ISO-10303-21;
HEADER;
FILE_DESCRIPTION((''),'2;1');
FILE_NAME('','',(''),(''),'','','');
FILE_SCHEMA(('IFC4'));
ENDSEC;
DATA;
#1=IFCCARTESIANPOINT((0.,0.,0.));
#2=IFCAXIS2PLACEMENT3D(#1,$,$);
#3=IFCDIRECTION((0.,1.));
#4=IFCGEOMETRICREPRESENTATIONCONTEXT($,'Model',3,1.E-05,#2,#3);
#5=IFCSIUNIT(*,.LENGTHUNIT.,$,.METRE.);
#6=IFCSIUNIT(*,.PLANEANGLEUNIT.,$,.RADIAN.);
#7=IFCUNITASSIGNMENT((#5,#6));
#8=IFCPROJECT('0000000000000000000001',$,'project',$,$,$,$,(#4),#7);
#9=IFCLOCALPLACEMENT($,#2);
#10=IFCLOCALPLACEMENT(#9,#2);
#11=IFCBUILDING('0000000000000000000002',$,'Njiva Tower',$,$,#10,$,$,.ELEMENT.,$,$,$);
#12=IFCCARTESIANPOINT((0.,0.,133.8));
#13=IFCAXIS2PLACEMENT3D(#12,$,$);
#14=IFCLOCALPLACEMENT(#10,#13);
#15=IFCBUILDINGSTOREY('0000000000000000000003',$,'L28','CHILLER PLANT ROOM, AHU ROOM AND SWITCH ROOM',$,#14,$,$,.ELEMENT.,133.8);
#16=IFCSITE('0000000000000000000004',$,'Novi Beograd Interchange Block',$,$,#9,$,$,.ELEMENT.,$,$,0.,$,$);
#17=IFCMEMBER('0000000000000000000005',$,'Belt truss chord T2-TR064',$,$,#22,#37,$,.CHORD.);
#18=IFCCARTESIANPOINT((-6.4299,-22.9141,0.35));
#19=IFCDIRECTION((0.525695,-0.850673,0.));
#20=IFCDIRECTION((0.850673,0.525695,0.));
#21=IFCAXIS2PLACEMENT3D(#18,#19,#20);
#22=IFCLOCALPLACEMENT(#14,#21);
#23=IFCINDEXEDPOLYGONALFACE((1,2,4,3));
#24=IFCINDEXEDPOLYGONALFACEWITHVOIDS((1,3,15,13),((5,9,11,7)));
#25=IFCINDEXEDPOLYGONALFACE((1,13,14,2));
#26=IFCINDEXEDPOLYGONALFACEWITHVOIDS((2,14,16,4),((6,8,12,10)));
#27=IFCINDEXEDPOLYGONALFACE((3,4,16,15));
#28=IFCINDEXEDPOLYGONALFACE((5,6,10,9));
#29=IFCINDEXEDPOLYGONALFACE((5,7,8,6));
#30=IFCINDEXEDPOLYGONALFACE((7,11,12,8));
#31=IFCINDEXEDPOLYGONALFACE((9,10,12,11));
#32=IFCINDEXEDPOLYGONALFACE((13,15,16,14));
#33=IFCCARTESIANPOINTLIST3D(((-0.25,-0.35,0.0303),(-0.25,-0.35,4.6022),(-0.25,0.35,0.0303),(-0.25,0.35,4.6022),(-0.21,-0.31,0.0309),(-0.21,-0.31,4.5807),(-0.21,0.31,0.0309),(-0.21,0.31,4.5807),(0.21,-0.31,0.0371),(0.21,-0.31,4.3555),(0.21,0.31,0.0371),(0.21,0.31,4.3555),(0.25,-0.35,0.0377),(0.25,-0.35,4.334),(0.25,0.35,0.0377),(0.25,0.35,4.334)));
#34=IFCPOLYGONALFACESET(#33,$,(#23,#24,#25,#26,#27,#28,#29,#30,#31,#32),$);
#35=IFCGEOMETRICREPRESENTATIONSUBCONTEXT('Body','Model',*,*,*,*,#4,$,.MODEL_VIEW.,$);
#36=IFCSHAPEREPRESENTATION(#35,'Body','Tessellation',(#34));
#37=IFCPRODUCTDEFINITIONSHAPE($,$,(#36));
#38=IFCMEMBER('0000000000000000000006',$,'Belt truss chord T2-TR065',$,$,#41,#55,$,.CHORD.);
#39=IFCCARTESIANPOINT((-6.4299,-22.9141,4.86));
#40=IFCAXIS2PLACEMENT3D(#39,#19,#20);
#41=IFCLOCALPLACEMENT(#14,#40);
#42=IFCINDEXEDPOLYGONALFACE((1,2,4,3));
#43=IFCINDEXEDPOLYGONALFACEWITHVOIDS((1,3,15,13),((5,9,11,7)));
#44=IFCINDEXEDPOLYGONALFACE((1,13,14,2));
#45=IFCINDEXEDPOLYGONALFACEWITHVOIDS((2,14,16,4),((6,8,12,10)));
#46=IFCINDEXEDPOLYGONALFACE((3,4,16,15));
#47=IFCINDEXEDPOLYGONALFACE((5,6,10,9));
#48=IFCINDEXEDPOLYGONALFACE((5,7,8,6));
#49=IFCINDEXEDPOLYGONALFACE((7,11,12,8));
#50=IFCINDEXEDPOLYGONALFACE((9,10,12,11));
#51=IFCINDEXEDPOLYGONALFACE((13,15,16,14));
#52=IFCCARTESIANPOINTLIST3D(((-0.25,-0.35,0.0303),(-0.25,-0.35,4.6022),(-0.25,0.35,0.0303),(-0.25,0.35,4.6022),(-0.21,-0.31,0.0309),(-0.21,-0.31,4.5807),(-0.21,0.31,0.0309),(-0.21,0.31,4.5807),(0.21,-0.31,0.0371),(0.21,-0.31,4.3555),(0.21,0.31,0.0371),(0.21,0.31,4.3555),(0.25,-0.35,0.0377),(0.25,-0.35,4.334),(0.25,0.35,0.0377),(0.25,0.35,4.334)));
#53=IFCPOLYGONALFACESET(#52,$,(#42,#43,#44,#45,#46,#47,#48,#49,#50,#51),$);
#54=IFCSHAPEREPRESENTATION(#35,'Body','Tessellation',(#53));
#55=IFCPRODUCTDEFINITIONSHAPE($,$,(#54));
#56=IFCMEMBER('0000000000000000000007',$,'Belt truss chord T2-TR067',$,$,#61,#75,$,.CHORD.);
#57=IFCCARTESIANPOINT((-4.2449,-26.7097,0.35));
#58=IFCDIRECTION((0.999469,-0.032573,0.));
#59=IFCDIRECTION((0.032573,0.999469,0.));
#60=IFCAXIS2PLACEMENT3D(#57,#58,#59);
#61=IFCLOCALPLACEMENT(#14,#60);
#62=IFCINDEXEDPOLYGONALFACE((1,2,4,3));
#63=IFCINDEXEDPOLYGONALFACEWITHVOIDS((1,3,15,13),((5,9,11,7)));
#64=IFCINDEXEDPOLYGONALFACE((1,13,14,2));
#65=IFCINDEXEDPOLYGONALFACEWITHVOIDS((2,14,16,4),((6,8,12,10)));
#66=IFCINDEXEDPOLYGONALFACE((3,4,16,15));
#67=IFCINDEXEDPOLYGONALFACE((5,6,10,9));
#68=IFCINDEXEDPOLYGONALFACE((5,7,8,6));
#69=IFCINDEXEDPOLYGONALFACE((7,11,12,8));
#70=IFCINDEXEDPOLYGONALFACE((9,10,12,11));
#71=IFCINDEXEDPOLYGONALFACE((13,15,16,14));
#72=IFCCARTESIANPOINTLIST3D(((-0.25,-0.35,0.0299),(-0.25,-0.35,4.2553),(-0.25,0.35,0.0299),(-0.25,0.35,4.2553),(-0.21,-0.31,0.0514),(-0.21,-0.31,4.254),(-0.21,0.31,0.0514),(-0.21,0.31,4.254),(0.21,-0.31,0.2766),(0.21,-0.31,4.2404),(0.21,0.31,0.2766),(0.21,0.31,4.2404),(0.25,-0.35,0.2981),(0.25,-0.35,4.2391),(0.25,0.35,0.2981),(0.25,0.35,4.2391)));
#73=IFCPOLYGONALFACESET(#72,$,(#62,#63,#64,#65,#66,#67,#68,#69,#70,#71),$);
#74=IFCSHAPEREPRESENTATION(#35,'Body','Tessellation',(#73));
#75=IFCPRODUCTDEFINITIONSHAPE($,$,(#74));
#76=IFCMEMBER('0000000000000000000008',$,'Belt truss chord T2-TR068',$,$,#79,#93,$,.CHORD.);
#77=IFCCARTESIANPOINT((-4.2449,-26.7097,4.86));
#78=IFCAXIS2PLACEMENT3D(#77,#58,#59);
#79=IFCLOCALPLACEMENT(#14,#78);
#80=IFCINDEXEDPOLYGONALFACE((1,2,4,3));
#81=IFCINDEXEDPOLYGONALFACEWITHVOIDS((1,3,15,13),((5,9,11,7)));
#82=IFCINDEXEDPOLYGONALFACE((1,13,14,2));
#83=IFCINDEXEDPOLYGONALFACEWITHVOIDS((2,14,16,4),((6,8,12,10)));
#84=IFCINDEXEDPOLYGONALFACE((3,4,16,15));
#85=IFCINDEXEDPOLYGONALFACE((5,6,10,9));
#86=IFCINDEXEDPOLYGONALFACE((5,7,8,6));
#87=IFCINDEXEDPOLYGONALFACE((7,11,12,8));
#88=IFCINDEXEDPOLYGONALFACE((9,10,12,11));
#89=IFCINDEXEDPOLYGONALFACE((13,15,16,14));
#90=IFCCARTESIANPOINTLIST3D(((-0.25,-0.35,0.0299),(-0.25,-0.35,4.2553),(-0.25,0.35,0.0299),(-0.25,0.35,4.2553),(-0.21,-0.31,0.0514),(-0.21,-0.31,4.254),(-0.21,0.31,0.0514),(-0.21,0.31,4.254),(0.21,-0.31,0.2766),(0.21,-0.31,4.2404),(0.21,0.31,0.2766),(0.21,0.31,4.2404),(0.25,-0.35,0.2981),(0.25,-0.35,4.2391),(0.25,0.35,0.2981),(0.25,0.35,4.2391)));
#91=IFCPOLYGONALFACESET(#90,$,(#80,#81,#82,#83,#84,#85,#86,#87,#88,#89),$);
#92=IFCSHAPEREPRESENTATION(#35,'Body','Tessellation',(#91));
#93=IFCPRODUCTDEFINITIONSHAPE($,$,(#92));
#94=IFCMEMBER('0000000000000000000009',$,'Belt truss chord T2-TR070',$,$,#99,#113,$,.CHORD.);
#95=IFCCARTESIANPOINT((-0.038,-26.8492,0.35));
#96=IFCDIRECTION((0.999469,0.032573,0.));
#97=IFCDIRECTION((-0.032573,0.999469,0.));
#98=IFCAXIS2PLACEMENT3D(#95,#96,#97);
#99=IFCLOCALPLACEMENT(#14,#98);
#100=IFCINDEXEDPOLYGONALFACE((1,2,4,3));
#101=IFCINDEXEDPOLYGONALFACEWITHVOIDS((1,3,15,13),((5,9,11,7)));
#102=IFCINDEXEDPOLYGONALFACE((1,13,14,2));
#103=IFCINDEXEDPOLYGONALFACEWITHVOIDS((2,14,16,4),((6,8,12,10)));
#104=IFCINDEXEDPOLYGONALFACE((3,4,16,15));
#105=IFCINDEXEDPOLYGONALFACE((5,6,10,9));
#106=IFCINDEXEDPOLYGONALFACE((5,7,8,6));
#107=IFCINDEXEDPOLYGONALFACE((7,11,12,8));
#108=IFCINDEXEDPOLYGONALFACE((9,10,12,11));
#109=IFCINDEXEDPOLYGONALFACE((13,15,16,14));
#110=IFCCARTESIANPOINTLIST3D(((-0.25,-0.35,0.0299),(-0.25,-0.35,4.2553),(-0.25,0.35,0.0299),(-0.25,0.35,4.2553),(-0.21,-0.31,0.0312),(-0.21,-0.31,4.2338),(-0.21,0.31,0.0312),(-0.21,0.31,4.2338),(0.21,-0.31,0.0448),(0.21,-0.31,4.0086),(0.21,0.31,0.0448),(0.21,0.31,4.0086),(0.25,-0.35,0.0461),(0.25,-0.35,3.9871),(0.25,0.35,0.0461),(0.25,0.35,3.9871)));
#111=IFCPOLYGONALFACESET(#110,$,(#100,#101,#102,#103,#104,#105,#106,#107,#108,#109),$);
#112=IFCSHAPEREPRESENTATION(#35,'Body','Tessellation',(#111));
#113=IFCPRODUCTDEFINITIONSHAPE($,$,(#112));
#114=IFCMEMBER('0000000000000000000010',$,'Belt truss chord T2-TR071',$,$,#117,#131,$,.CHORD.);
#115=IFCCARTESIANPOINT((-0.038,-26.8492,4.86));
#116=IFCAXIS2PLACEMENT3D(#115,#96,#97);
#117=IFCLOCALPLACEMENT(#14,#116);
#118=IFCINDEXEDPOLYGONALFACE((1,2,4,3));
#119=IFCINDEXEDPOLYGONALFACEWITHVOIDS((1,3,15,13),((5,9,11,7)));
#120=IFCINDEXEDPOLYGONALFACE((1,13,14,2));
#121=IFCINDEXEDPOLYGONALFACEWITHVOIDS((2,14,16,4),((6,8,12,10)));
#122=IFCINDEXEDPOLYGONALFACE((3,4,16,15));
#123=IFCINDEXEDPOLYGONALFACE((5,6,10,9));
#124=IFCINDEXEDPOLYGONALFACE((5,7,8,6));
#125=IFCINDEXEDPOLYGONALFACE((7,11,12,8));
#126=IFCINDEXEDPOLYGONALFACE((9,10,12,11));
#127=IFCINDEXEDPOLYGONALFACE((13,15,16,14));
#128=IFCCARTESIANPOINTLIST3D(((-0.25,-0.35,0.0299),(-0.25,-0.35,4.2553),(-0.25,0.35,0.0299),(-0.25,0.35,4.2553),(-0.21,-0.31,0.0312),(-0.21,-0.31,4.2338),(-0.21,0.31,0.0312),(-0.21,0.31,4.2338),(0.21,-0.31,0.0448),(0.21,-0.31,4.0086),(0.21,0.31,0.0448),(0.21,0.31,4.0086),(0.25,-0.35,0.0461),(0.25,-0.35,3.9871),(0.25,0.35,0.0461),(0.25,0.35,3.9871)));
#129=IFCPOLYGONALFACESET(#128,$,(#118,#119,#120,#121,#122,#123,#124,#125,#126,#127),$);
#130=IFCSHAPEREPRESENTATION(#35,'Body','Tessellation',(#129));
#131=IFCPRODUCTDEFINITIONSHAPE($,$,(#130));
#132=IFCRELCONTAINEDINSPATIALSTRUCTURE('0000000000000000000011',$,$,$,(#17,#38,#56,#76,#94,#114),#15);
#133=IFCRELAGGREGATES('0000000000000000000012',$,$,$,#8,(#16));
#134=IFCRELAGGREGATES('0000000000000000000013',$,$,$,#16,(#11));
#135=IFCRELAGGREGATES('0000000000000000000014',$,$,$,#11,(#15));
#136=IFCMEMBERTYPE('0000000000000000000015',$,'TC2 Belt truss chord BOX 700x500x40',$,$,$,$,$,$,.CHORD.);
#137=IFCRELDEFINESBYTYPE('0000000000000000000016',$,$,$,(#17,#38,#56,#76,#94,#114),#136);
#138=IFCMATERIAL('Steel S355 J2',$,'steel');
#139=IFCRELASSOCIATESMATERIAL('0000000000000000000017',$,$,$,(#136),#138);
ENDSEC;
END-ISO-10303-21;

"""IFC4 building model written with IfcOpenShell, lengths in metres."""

from ifc_helpers import new_model, si_unit, direction, frame, origin, origin_2d, place, context, subcontext, project, spatial, hollow_rectangle, extrude, clip, halfspace, material, material_profile, profile_set, type_object, element, save


model = new_model("IFC4")

# Units and contexts
model_context = context("Model", 3, precision=1e-05, world=origin(), true_north=direction((0.0, 1.0)))
body_context = subcontext(model_context, "Body", "Model", "MODEL_VIEW")
ifc_project = project(units=[si_unit("LENGTHUNIT", "METRE"), si_unit("PLANEANGLEUNIT", "RADIAN")], contexts=[model_context])

# Site, building, storey
site_placement = place(None, origin())
site = spatial("IfcSite", under=ifc_project, at=site_placement, Name="Novi Beograd Interchange Block", CompositionType="ELEMENT", RefElevation=0.0)
building_placement = place(site_placement, origin())
building = spatial("IfcBuilding", under=site, at=building_placement, Name="Njiva Tower", CompositionType="ELEMENT")
storey_placement = place(building_placement, frame((0.0, 0.0, 133.8)))
storey = spatial("IfcBuildingStorey", under=building, at=storey_placement, Name="L28", Description="CHILLER PLANT ROOM, AHU ROOM AND SWITCH ROOM", CompositionType="ELEMENT", Elevation=133.8)

# Shared definitions
ifc_material_1 = material(Name="Steel S355 J2", Category="steel")

# Members
ifc_material_profile_1 = material_profile(ifc_material_1, hollow_rectangle(XDim=0.5, YDim=0.7, WallThickness=0.04, at=origin_2d()), Name="BOX 700x500x40")
ifc_profile_set_1 = profile_set([ifc_material_profile_1], Name="Steel S355 J2")
member_type_1 = type_object("IfcMemberType", Name="TC2 Belt truss chord BOX 700x500x40", PredefinedType="CHORD", material=ifc_profile_set_1)
member_1_placement = place(storey_placement, frame((-6.4299, -22.9141, 0.35), z_axis=(0.525695, -0.850673, 0.0), x_axis=(0.850673, 0.525695, 0.0)))
element("IfcMember", 1, at=member_1_placement, inside=storey, type_object=member_type_1, Name="Belt truss chord T2-TR064", PredefinedType="CHORD", context=body_context, shape_type="Clipping", body=[
    clip(clip(extrude(hollow_rectangle(XDim=0.5, YDim=0.7, WallThickness=0.04, at=origin_2d()), origin(), (0.0, 0.0, 1.0), 4.6321), halfspace(frame((0.0, -134.15, 0.034), z_axis=(0.014869, 0.0, -0.999889), x_axis=(0.0, -1.0, 0.0)), False)), halfspace(frame((0.0, -134.15, 4.4681), z_axis=(0.472687, 0.0, 0.88123), x_axis=(0.0, 1.0, 0.0)), False)),
])
member_2_placement = place(storey_placement, frame((-6.4299, -22.9141, 4.86), z_axis=(0.525695, -0.850673, 0.0), x_axis=(0.850673, 0.525695, 0.0)))
element("IfcMember", 2, at=member_2_placement, inside=storey, type_object=member_type_1, Name="Belt truss chord T2-TR065", PredefinedType="CHORD", context=body_context, shape_type="Clipping", body=[
    clip(clip(extrude(hollow_rectangle(XDim=0.5, YDim=0.7, WallThickness=0.04, at=origin_2d()), origin(), (0.0, 0.0, 1.0), 4.6321), halfspace(frame((0.0, -138.66, 0.034), z_axis=(0.014869, 0.0, -0.999889), x_axis=(0.0, -1.0, 0.0)), False)), halfspace(frame((0.0, -138.66, 4.4681), z_axis=(0.472687, 0.0, 0.88123), x_axis=(0.0, 1.0, 0.0)), False)),
])
member_3_placement = place(storey_placement, frame((-4.2449, -26.7097, 0.35), z_axis=(0.999469, -0.032573, 0.0), x_axis=(0.032573, 0.999469, 0.0)))
element("IfcMember", 3, at=member_3_placement, inside=storey, type_object=member_type_1, Name="Belt truss chord T2-TR067", PredefinedType="CHORD", context=body_context, shape_type="Clipping", body=[
    clip(clip(extrude(hollow_rectangle(XDim=0.5, YDim=0.7, WallThickness=0.04, at=origin_2d()), origin(), (0.0, 0.0, 1.0), 4.2852), halfspace(frame((0.0, -134.15, 0.164), z_axis=(0.472697, 0.0, -0.881225), x_axis=(0.0, -1.0, 0.0)), False)), halfspace(frame((0.0, -134.15, 4.2472), z_axis=(0.032573, 0.0, 0.999469), x_axis=(0.0, 1.0, 0.0)), False)),
])
member_4_placement = place(storey_placement, frame((-4.2449, -26.7097, 4.86), z_axis=(0.999469, -0.032573, 0.0), x_axis=(0.032573, 0.999469, 0.0)))
element("IfcMember", 4, at=member_4_placement, inside=storey, type_object=member_type_1, Name="Belt truss chord T2-TR068", PredefinedType="CHORD", context=body_context, shape_type="Clipping", body=[
    clip(clip(extrude(hollow_rectangle(XDim=0.5, YDim=0.7, WallThickness=0.04, at=origin_2d()), origin(), (0.0, 0.0, 1.0), 4.2852), halfspace(frame((0.0, -138.66, 0.164), z_axis=(0.472697, 0.0, -0.881225), x_axis=(0.0, -1.0, 0.0)), False)), halfspace(frame((0.0, -138.66, 4.2472), z_axis=(0.032573, 0.0, 0.999469), x_axis=(0.0, 1.0, 0.0)), False)),
])
member_5_placement = place(storey_placement, frame((-0.038, -26.8492, 0.35), z_axis=(0.999469, 0.032573, 0.0), x_axis=(-0.032573, 0.999469, 0.0)))
element("IfcMember", 5, at=member_5_placement, inside=storey, type_object=member_type_1, Name="Belt truss chord T2-TR070", PredefinedType="CHORD", context=body_context, shape_type="Clipping", body=[
    clip(clip(extrude(hollow_rectangle(XDim=0.5, YDim=0.7, WallThickness=0.04, at=origin_2d()), origin(), (0.0, 0.0, 1.0), 4.2852), halfspace(frame((0.0, -134.15, 0.038), z_axis=(0.032573, 0.0, -0.999469), x_axis=(0.0, -1.0, 0.0)), False)), halfspace(frame((0.0, -134.15, 4.1212), z_axis=(0.472697, 0.0, 0.881225), x_axis=(0.0, 1.0, 0.0)), False)),
])
member_6_placement = place(storey_placement, frame((-0.038, -26.8492, 4.86), z_axis=(0.999469, 0.032573, 0.0), x_axis=(-0.032573, 0.999469, 0.0)))
element("IfcMember", 6, at=member_6_placement, inside=storey, type_object=member_type_1, Name="Belt truss chord T2-TR071", PredefinedType="CHORD", context=body_context, shape_type="Clipping", body=[
    clip(clip(extrude(hollow_rectangle(XDim=0.5, YDim=0.7, WallThickness=0.04, at=origin_2d()), origin(), (0.0, 0.0, 1.0), 4.2852), halfspace(frame((0.0, -138.66, 0.038), z_axis=(0.032573, 0.0, -0.999469), x_axis=(0.0, -1.0, 0.0)), False)), halfspace(frame((0.0, -138.66, 4.1212), z_axis=(0.472697, 0.0, 0.881225), x_axis=(0.0, 1.0, 0.0)), False)),
])

save(model, "model.ifc")
